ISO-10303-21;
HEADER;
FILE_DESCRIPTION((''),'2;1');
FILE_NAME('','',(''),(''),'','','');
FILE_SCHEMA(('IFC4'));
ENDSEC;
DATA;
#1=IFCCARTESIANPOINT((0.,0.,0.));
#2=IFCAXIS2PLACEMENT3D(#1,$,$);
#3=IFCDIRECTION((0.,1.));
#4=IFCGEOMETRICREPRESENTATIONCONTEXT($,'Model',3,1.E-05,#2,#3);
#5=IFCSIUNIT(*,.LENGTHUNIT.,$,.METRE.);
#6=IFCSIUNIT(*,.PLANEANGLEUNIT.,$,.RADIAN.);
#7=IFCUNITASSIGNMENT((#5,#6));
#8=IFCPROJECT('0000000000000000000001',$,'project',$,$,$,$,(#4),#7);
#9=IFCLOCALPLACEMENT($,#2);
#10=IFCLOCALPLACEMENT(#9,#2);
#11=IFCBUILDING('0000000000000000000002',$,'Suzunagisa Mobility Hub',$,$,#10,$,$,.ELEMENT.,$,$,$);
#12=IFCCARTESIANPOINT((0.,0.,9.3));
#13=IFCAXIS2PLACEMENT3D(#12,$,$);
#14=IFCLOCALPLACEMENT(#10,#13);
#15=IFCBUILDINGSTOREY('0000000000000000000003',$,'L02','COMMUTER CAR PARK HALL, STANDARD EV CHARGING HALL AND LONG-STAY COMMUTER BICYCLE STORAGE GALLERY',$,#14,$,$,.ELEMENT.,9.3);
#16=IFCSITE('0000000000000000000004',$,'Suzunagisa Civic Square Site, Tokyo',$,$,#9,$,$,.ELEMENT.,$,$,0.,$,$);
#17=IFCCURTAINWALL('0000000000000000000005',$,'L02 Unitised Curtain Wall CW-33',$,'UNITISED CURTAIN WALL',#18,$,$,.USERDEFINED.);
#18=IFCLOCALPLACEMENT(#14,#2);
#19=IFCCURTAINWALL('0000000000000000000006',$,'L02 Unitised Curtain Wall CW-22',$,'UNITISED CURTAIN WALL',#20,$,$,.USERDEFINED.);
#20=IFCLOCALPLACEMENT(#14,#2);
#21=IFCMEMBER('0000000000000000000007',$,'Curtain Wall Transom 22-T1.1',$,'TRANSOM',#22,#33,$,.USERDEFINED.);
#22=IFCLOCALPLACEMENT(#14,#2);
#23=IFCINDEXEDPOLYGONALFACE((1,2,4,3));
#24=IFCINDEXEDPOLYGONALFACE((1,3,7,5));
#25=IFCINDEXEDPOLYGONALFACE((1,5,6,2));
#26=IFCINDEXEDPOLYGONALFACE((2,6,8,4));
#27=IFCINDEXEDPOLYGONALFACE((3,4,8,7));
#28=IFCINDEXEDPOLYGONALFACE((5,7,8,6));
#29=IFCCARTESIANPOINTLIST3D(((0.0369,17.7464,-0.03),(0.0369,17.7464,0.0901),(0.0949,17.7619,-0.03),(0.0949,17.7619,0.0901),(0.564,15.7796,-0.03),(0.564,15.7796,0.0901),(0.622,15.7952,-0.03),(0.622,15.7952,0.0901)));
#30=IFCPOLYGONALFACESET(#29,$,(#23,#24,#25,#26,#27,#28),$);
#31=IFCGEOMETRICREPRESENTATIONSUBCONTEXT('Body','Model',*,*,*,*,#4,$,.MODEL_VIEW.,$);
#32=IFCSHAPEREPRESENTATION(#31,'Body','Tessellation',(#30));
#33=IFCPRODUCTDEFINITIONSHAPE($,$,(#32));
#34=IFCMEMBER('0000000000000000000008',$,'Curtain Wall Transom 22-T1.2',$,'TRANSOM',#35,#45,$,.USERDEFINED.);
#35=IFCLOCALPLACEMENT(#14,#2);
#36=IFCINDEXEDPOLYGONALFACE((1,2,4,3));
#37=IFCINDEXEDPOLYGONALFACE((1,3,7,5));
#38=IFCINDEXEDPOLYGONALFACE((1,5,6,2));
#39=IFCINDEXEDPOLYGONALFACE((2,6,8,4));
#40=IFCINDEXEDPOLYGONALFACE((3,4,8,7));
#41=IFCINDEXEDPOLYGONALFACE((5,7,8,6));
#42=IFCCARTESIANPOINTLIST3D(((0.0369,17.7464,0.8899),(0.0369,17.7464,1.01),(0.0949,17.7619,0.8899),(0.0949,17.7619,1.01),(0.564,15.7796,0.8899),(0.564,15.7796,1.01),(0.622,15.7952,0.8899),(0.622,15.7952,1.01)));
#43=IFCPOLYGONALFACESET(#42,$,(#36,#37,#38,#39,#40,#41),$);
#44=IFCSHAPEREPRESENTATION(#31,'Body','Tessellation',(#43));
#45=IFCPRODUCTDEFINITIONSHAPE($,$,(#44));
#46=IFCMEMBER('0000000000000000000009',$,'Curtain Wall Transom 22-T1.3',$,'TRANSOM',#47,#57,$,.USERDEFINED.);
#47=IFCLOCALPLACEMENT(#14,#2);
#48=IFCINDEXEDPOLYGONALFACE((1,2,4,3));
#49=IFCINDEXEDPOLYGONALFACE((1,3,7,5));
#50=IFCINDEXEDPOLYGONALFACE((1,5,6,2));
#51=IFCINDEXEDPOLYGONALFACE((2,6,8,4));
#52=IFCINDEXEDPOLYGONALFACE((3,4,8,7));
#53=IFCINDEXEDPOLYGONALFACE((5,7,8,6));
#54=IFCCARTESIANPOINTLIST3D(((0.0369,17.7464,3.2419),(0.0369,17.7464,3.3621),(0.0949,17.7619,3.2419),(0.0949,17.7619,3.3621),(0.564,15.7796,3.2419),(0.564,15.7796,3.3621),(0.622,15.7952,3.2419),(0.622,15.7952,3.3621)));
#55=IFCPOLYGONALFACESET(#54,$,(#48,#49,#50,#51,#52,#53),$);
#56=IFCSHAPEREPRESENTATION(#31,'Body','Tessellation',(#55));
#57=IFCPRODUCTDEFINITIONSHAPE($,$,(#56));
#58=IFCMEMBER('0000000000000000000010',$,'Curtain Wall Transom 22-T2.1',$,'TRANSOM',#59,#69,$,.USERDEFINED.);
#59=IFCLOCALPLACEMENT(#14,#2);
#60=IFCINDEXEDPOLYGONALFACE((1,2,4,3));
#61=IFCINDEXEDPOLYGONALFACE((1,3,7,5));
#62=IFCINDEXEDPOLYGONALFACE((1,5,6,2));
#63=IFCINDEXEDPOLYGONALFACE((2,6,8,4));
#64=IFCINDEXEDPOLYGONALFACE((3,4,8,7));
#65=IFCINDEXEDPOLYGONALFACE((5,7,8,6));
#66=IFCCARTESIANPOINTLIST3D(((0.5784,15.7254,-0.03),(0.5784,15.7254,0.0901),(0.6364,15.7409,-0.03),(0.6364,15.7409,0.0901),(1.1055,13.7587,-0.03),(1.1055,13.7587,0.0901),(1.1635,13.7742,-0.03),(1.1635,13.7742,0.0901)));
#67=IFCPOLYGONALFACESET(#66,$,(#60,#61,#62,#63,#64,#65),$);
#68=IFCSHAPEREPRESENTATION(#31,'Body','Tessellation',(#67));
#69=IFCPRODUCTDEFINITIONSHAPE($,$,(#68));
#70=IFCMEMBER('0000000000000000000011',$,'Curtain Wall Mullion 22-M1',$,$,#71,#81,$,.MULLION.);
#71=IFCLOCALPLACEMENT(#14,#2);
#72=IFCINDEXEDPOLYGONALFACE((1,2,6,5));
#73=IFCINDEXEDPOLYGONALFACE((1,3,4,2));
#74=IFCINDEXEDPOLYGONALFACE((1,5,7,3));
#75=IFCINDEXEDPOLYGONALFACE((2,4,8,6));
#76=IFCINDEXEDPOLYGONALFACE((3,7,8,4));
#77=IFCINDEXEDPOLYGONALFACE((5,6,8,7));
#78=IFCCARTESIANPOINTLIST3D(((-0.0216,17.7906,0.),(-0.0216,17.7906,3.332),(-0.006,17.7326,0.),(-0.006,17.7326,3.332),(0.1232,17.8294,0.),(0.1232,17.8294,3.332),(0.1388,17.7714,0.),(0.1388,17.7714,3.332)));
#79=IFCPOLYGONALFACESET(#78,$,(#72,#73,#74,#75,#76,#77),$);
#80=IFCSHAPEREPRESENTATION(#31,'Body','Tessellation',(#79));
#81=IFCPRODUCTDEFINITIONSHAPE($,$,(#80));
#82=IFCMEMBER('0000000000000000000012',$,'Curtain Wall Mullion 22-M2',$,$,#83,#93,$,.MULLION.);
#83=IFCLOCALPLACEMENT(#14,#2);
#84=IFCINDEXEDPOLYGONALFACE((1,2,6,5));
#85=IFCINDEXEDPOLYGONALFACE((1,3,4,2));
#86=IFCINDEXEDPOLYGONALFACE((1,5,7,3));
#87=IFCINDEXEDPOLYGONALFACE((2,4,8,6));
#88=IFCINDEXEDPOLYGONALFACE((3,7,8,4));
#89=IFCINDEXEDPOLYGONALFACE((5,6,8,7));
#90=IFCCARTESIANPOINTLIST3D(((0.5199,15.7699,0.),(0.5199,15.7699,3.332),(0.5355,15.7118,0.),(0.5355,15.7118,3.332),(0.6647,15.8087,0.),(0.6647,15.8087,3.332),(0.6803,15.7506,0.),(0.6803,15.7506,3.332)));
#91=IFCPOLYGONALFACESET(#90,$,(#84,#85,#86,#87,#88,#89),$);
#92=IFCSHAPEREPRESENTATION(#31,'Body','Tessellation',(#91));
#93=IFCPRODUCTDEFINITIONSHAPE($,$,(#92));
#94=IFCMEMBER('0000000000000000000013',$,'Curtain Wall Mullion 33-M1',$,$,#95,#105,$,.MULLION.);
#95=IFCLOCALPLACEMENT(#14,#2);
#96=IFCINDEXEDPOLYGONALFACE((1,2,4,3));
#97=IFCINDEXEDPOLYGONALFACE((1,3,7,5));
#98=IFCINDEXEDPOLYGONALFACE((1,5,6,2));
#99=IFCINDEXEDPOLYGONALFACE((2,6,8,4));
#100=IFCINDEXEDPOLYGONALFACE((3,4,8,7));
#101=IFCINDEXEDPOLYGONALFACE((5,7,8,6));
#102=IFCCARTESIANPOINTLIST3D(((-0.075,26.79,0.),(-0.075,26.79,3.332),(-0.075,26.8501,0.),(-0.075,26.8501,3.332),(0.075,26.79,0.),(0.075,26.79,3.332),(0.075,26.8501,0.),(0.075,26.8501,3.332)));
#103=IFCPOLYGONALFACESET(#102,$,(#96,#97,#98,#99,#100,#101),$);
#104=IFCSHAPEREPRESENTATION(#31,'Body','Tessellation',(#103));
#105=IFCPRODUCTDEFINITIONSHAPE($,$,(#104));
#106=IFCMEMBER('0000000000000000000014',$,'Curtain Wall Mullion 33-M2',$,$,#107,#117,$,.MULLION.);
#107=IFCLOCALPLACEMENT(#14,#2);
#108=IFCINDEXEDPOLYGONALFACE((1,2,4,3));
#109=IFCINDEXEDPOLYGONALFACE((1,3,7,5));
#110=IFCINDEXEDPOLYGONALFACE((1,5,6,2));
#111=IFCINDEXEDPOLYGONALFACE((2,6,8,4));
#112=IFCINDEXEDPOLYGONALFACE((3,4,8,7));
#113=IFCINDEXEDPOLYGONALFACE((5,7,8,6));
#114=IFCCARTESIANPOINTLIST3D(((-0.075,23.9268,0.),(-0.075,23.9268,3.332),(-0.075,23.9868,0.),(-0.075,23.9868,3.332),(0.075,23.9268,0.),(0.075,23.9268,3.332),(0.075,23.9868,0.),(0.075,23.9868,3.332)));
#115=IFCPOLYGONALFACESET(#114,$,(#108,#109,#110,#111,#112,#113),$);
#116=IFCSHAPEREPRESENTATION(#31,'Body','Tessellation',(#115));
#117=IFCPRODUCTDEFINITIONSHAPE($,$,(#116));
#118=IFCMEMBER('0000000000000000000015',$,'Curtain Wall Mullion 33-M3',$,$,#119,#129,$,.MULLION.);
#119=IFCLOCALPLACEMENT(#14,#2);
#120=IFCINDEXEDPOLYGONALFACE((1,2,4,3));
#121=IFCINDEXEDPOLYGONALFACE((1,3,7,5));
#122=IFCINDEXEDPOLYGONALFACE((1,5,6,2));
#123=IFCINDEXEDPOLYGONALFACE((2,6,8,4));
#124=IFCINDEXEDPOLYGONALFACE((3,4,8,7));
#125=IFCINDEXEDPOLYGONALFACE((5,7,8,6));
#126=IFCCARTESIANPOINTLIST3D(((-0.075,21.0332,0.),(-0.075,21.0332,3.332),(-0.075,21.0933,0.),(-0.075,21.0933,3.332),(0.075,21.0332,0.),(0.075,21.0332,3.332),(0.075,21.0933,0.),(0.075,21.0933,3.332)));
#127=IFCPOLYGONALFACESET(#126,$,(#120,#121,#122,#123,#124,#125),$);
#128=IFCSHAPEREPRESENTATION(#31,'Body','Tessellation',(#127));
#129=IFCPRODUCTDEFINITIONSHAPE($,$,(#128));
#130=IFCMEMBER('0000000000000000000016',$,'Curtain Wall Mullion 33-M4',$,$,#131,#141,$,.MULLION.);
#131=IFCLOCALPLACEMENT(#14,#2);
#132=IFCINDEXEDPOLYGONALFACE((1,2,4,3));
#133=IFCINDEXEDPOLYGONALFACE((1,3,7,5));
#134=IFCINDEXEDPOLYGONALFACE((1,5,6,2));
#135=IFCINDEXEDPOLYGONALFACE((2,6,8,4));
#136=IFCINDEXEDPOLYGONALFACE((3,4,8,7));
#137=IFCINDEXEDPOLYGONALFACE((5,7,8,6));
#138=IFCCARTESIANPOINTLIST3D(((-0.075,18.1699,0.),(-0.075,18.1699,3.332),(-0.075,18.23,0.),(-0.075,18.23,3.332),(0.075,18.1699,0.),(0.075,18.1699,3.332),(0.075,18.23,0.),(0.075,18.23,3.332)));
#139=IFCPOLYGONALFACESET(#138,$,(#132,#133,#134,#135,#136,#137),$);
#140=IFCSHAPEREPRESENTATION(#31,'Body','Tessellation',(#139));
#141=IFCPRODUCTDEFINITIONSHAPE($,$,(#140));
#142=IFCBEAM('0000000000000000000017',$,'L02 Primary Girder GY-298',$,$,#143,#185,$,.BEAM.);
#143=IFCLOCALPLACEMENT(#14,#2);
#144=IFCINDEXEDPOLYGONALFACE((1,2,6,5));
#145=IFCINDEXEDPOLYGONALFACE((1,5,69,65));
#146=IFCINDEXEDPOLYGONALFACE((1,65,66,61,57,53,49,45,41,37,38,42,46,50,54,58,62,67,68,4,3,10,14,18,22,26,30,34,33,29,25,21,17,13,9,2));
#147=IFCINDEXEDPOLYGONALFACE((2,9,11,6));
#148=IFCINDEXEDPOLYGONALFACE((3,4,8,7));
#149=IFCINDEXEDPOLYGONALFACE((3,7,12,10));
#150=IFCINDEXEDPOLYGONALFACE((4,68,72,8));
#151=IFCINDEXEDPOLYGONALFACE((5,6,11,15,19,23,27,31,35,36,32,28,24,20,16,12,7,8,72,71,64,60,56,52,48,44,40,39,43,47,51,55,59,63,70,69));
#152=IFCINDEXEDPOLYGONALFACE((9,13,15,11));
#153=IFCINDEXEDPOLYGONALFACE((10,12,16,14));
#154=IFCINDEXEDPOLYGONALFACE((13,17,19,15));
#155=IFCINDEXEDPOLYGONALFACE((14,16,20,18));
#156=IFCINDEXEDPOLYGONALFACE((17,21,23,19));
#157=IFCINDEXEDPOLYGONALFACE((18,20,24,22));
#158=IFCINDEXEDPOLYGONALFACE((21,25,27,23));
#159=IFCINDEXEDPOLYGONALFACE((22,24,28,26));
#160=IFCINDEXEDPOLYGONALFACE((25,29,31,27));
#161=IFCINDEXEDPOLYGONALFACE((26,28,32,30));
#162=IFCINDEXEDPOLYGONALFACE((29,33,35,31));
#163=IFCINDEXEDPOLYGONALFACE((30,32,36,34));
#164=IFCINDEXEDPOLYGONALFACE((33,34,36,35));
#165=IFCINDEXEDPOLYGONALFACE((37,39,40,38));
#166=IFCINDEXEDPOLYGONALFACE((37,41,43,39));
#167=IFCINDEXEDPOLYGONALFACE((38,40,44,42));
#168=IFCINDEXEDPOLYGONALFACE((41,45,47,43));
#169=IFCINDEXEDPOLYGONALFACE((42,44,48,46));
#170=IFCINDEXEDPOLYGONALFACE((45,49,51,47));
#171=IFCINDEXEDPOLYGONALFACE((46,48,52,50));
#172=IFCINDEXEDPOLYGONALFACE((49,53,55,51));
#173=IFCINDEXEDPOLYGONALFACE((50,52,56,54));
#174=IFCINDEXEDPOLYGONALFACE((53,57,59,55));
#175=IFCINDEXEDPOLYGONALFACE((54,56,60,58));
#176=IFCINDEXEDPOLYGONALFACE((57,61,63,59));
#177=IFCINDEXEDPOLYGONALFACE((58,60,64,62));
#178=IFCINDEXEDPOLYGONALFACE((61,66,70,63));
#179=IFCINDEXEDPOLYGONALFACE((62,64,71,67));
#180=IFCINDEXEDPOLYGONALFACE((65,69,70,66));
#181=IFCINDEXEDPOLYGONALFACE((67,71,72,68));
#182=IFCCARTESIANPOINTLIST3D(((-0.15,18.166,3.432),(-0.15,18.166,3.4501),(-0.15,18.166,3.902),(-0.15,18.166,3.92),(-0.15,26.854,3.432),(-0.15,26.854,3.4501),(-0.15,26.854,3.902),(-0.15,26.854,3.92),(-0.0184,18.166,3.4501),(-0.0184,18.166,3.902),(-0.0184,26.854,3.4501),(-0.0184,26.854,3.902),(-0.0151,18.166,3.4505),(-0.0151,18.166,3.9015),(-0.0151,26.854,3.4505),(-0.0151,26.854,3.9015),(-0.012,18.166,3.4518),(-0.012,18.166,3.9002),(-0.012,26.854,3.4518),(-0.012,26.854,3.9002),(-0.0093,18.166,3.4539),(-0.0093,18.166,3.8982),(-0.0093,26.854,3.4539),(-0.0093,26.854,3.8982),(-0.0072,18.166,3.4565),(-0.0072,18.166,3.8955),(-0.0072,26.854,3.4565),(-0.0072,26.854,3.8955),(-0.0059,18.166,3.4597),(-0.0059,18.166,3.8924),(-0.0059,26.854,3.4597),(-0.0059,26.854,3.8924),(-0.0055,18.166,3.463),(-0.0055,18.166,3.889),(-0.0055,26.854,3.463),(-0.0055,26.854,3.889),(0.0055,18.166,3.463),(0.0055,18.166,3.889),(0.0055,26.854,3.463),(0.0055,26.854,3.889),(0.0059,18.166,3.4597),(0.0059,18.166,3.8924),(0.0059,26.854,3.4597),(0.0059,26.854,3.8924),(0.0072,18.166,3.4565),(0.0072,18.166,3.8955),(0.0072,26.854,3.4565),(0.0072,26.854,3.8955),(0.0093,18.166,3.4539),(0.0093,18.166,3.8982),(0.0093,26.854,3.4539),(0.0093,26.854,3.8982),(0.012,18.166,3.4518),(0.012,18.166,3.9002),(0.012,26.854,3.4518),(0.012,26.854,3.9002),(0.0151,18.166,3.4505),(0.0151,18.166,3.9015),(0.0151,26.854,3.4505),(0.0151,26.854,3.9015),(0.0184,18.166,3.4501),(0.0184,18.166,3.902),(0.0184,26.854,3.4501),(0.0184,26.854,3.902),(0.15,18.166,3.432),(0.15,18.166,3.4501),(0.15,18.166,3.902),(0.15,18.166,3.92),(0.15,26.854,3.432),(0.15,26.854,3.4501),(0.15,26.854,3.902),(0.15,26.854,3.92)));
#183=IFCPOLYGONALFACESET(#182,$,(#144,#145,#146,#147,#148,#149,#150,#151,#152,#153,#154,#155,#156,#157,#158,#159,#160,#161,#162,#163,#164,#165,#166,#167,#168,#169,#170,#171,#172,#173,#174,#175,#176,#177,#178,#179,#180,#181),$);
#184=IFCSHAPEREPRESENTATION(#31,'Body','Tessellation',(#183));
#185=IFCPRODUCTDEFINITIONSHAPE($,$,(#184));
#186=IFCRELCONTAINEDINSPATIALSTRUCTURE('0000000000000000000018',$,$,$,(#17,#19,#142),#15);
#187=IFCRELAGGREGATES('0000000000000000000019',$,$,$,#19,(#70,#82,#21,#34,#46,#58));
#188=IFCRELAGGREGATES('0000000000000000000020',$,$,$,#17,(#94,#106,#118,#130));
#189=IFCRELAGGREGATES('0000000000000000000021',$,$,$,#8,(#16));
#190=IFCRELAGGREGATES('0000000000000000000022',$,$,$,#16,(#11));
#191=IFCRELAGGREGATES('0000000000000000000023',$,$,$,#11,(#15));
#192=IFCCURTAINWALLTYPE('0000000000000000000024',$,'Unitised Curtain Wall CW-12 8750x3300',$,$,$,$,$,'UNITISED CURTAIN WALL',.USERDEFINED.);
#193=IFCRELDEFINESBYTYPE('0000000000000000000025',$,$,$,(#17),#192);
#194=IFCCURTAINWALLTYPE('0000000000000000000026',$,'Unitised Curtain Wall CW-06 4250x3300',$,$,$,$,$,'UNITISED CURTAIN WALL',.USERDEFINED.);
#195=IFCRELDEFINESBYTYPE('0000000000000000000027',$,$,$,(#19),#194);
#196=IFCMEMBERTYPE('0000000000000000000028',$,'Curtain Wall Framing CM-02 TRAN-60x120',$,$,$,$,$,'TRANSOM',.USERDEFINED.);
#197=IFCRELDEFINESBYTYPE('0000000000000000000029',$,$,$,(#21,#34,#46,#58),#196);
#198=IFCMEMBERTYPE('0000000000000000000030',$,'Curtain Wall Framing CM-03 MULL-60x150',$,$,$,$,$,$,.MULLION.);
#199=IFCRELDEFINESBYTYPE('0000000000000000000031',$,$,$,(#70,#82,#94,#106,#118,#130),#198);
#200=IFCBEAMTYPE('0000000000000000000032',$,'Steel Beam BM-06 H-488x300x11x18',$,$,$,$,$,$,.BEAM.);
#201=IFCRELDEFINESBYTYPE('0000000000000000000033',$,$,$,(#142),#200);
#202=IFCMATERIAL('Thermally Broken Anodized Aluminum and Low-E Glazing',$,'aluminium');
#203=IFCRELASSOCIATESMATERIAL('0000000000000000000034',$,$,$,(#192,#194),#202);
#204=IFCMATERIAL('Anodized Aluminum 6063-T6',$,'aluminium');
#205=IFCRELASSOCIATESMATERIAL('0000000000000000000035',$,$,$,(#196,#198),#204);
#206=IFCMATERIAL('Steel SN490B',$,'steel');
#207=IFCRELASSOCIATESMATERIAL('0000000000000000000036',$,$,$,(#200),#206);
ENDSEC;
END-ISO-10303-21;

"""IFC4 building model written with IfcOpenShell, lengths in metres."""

from ifc_helpers import new_model, si_unit, direction, frame, origin, origin_2d, place, context, subcontext, project, spatial, rectangle, i_section, extrude, material, material_profile, profile_set, type_object, element, aggregate, save


model = new_model("IFC4")

# Units and contexts
model_context = context("Model", 3, precision=1e-05, world=origin(), true_north=direction((0.0, 1.0)))
body_context = subcontext(model_context, "Body", "Model", "MODEL_VIEW")
ifc_project = project(units=[si_unit("LENGTHUNIT", "METRE"), si_unit("PLANEANGLEUNIT", "RADIAN")], contexts=[model_context])

# Site, building, storey
site_placement = place(None, origin())
site = spatial("IfcSite", under=ifc_project, at=site_placement, Name="Suzunagisa Civic Square Site, Tokyo", CompositionType="ELEMENT", RefElevation=0.0)
building_placement = place(site_placement, origin())
building = spatial("IfcBuilding", under=site, at=building_placement, Name="Suzunagisa Mobility Hub", CompositionType="ELEMENT")
storey_placement = place(building_placement, frame((0.0, 0.0, 9.3)))
storey = spatial("IfcBuildingStorey", under=building, at=storey_placement, Name="L02", Description="COMMUTER CAR PARK HALL, STANDARD EV CHARGING HALL AND LONG-STAY COMMUTER BICYCLE STORAGE GALLERY", CompositionType="ELEMENT", Elevation=9.3)

# Shared definitions
ifc_material_1 = material(Name="Steel SN490B", Category="steel")

# Curtain walls, members
ifc_material_2 = material(Name="Thermally Broken Anodized Aluminum and Low-E Glazing", Category="aluminium")
curtain_wall_type_1 = type_object("IfcCurtainWallType", Name="Unitised Curtain Wall CW-12 8750x3300", ElementType="UNITISED CURTAIN WALL", PredefinedType="USERDEFINED", material=ifc_material_2)
curtain_wall_1_placement = place(storey_placement, origin())
curtain_wall_1 = element("IfcCurtainWall", 1, at=curtain_wall_1_placement, inside=storey, type_object=curtain_wall_type_1, Name="L02 Unitised Curtain Wall CW-33", ObjectType="UNITISED CURTAIN WALL", PredefinedType="USERDEFINED")
ifc_material_3 = material(Name="Anodized Aluminum 6063-T6", Category="aluminium")
curtain_wall_type_2 = type_object("IfcCurtainWallType", Name="Unitised Curtain Wall CW-06 4250x3300", ElementType="UNITISED CURTAIN WALL", PredefinedType="USERDEFINED", material=ifc_material_2)
curtain_wall_2_placement = place(storey_placement, origin())
curtain_wall_2 = element("IfcCurtainWall", 2, at=curtain_wall_2_placement, inside=storey, type_object=curtain_wall_type_2, Name="L02 Unitised Curtain Wall CW-22", ObjectType="UNITISED CURTAIN WALL", PredefinedType="USERDEFINED")
ifc_material_profile_1 = material_profile(ifc_material_3, rectangle(XDim=0.0601, YDim=0.1201, at=origin_2d()), Name="TRAN-60x120")
ifc_profile_set_1 = profile_set([ifc_material_profile_1], Name="Anodized Aluminum 6063-T6")
member_type_1 = type_object("IfcMemberType", Name="Curtain Wall Framing CM-02 TRAN-60x120", ElementType="TRANSOM", PredefinedType="USERDEFINED", material=ifc_profile_set_1)
member_1_placement = place(storey_placement, frame((0.0659, 17.7542, 0.03), z_axis=(0.258864, -0.965914, 0.0), x_axis=(0.965914, 0.258864, 0.0)))
member_1 = element("IfcMember", 3, at=member_1_placement, type_object=member_type_1, Name="Curtain Wall Transom 22-T1.1", ObjectType="TRANSOM", PredefinedType="USERDEFINED", context=body_context, shape_type="SweptSolid", body=[
    extrude(rectangle(XDim=0.0601, YDim=0.1201, at=origin_2d()), origin(), (0.0, 0.0, 1.0), 2.0361),
])
member_2_placement = place(storey_placement, frame((0.0659, 17.7542, 0.95), z_axis=(0.258864, -0.965914, 0.0), x_axis=(0.965914, 0.258864, 0.0)))
member_2 = element("IfcMember", 4, at=member_2_placement, type_object=member_type_1, Name="Curtain Wall Transom 22-T1.2", ObjectType="TRANSOM", PredefinedType="USERDEFINED", context=body_context, shape_type="SweptSolid", body=[
    extrude(rectangle(XDim=0.0601, YDim=0.1201, at=origin_2d()), origin(), (0.0, 0.0, 1.0), 2.0361),
])
member_3_placement = place(storey_placement, frame((0.0659, 17.7542, 3.302), z_axis=(0.258864, -0.965914, 0.0), x_axis=(0.965914, 0.258864, 0.0)))
member_3 = element("IfcMember", 5, at=member_3_placement, type_object=member_type_1, Name="Curtain Wall Transom 22-T1.3", ObjectType="TRANSOM", PredefinedType="USERDEFINED", context=body_context, shape_type="SweptSolid", body=[
    extrude(rectangle(XDim=0.0601, YDim=0.1201, at=origin_2d()), origin(), (0.0, 0.0, 1.0), 2.0361),
])
member_4_placement = place(storey_placement, frame((0.6074, 15.7332, 0.03), z_axis=(0.258864, -0.965914, 0.0), x_axis=(0.965914, 0.258864, 0.0)))
member_4 = element("IfcMember", 6, at=member_4_placement, type_object=member_type_1, Name="Curtain Wall Transom 22-T2.1", ObjectType="TRANSOM", PredefinedType="USERDEFINED", context=body_context, shape_type="SweptSolid", body=[
    extrude(rectangle(XDim=0.0601, YDim=0.1201, at=origin_2d()), origin(), (0.0, 0.0, 1.0), 2.0361),
])
ifc_material_profile_2 = material_profile(ifc_material_3, rectangle(XDim=0.0601, YDim=0.1499, at=origin_2d()), Name="MULL-60x150")
ifc_profile_set_2 = profile_set([ifc_material_profile_2], Name="Anodized Aluminum 6063-T6")
member_type_2 = type_object("IfcMemberType", Name="Curtain Wall Framing CM-03 MULL-60x150", PredefinedType="MULLION", material=ifc_profile_set_2)
member_5_placement = place(storey_placement, frame((0.0586, 17.781, 0.0), z_axis=(0.0, 0.0, 1.0), x_axis=(0.258811, -0.965928, 0.0)))
member_5 = element("IfcMember", 7, at=member_5_placement, type_object=member_type_2, Name="Curtain Wall Mullion 22-M1", PredefinedType="MULLION", context=body_context, shape_type="SweptSolid", body=[
    extrude(rectangle(XDim=0.0601, YDim=0.1499, at=origin_2d()), origin(), (0.0, 0.0, 1.0), 3.332),
])
member_6_placement = place(storey_placement, frame((0.6001, 15.7603, 0.0), z_axis=(0.0, 0.0, 1.0), x_axis=(0.258811, -0.965928, 0.0)))
member_6 = element("IfcMember", 8, at=member_6_placement, type_object=member_type_2, Name="Curtain Wall Mullion 22-M2", PredefinedType="MULLION", context=body_context, shape_type="SweptSolid", body=[
    extrude(rectangle(XDim=0.0601, YDim=0.1499, at=origin_2d()), origin(), (0.0, 0.0, 1.0), 3.332),
])

# Members
member_7_placement = place(storey_placement, frame((0.0, 26.8201, 0.0), z_axis=(0.0, 0.0, 1.0), x_axis=(0.0, -1.0, 0.0)))
member_7 = element("IfcMember", 9, at=member_7_placement, type_object=member_type_2, Name="Curtain Wall Mullion 33-M1", PredefinedType="MULLION", context=body_context, shape_type="SweptSolid", body=[
    extrude(rectangle(XDim=0.0601, YDim=0.1499, at=origin_2d()), origin(), (0.0, 0.0, 1.0), 3.332),
])
member_8_placement = place(storey_placement, frame((0.0, 23.9568, 0.0), z_axis=(0.0, 0.0, 1.0), x_axis=(0.0, -1.0, 0.0)))
member_8 = element("IfcMember", 10, at=member_8_placement, type_object=member_type_2, Name="Curtain Wall Mullion 33-M2", PredefinedType="MULLION", context=body_context, shape_type="SweptSolid", body=[
    extrude(rectangle(XDim=0.0601, YDim=0.1499, at=origin_2d()), origin(), (0.0, 0.0, 1.0), 3.332),
])
member_9_placement = place(storey_placement, frame((0.0, 21.0632, 0.0), z_axis=(0.0, 0.0, 1.0), x_axis=(0.0, -1.0, 0.0)))
member_9 = element("IfcMember", 11, at=member_9_placement, type_object=member_type_2, Name="Curtain Wall Mullion 33-M3", PredefinedType="MULLION", context=body_context, shape_type="SweptSolid", body=[
    extrude(rectangle(XDim=0.0601, YDim=0.1499, at=origin_2d()), origin(), (0.0, 0.0, 1.0), 3.332),
])
member_10_placement = place(storey_placement, frame((0.0, 18.2, 0.0), z_axis=(0.0, 0.0, 1.0), x_axis=(0.0, -1.0, 0.0)))
member_10 = element("IfcMember", 12, at=member_10_placement, type_object=member_type_2, Name="Curtain Wall Mullion 33-M4", PredefinedType="MULLION", context=body_context, shape_type="SweptSolid", body=[
    extrude(rectangle(XDim=0.0601, YDim=0.1499, at=origin_2d()), origin(), (0.0, 0.0, 1.0), 3.332),
])

# Beam
ifc_material_profile_3 = material_profile(ifc_material_1, i_section(OverallWidth=0.3, OverallDepth=0.488, WebThickness=0.011, FlangeThickness=0.0181, FilletRadius=0.0129, at=origin_2d()), Name="H-488x300x11x18")
ifc_profile_set_3 = profile_set([ifc_material_profile_3], Name="Steel SN490B")
beam_type_1 = type_object("IfcBeamType", Name="Steel Beam BM-06 H-488x300x11x18", PredefinedType="BEAM", material=ifc_profile_set_3)
beam_1_placement = place(storey_placement, frame((0.0, 18.166, 3.676), z_axis=(0.0, 1.0, 0.0), x_axis=(-1.0, 0.0, 0.0)))
element("IfcBeam", 13, at=beam_1_placement, inside=storey, type_object=beam_type_1, Name="L02 Primary Girder GY-298", PredefinedType="BEAM", context=body_context, shape_type="SweptSolid", body=[
    extrude(i_section(OverallWidth=0.3, OverallDepth=0.488, WebThickness=0.011, FlangeThickness=0.0181, FilletRadius=0.0129, at=origin_2d()), origin(), (0.0, 0.0, 1.0), 8.688),
])

aggregate(curtain_wall_2, [member_5, member_6, member_1, member_2, member_3, member_4])
aggregate(curtain_wall_1, [member_7, member_8, member_9, member_10])

save(model, "model.ifc")
